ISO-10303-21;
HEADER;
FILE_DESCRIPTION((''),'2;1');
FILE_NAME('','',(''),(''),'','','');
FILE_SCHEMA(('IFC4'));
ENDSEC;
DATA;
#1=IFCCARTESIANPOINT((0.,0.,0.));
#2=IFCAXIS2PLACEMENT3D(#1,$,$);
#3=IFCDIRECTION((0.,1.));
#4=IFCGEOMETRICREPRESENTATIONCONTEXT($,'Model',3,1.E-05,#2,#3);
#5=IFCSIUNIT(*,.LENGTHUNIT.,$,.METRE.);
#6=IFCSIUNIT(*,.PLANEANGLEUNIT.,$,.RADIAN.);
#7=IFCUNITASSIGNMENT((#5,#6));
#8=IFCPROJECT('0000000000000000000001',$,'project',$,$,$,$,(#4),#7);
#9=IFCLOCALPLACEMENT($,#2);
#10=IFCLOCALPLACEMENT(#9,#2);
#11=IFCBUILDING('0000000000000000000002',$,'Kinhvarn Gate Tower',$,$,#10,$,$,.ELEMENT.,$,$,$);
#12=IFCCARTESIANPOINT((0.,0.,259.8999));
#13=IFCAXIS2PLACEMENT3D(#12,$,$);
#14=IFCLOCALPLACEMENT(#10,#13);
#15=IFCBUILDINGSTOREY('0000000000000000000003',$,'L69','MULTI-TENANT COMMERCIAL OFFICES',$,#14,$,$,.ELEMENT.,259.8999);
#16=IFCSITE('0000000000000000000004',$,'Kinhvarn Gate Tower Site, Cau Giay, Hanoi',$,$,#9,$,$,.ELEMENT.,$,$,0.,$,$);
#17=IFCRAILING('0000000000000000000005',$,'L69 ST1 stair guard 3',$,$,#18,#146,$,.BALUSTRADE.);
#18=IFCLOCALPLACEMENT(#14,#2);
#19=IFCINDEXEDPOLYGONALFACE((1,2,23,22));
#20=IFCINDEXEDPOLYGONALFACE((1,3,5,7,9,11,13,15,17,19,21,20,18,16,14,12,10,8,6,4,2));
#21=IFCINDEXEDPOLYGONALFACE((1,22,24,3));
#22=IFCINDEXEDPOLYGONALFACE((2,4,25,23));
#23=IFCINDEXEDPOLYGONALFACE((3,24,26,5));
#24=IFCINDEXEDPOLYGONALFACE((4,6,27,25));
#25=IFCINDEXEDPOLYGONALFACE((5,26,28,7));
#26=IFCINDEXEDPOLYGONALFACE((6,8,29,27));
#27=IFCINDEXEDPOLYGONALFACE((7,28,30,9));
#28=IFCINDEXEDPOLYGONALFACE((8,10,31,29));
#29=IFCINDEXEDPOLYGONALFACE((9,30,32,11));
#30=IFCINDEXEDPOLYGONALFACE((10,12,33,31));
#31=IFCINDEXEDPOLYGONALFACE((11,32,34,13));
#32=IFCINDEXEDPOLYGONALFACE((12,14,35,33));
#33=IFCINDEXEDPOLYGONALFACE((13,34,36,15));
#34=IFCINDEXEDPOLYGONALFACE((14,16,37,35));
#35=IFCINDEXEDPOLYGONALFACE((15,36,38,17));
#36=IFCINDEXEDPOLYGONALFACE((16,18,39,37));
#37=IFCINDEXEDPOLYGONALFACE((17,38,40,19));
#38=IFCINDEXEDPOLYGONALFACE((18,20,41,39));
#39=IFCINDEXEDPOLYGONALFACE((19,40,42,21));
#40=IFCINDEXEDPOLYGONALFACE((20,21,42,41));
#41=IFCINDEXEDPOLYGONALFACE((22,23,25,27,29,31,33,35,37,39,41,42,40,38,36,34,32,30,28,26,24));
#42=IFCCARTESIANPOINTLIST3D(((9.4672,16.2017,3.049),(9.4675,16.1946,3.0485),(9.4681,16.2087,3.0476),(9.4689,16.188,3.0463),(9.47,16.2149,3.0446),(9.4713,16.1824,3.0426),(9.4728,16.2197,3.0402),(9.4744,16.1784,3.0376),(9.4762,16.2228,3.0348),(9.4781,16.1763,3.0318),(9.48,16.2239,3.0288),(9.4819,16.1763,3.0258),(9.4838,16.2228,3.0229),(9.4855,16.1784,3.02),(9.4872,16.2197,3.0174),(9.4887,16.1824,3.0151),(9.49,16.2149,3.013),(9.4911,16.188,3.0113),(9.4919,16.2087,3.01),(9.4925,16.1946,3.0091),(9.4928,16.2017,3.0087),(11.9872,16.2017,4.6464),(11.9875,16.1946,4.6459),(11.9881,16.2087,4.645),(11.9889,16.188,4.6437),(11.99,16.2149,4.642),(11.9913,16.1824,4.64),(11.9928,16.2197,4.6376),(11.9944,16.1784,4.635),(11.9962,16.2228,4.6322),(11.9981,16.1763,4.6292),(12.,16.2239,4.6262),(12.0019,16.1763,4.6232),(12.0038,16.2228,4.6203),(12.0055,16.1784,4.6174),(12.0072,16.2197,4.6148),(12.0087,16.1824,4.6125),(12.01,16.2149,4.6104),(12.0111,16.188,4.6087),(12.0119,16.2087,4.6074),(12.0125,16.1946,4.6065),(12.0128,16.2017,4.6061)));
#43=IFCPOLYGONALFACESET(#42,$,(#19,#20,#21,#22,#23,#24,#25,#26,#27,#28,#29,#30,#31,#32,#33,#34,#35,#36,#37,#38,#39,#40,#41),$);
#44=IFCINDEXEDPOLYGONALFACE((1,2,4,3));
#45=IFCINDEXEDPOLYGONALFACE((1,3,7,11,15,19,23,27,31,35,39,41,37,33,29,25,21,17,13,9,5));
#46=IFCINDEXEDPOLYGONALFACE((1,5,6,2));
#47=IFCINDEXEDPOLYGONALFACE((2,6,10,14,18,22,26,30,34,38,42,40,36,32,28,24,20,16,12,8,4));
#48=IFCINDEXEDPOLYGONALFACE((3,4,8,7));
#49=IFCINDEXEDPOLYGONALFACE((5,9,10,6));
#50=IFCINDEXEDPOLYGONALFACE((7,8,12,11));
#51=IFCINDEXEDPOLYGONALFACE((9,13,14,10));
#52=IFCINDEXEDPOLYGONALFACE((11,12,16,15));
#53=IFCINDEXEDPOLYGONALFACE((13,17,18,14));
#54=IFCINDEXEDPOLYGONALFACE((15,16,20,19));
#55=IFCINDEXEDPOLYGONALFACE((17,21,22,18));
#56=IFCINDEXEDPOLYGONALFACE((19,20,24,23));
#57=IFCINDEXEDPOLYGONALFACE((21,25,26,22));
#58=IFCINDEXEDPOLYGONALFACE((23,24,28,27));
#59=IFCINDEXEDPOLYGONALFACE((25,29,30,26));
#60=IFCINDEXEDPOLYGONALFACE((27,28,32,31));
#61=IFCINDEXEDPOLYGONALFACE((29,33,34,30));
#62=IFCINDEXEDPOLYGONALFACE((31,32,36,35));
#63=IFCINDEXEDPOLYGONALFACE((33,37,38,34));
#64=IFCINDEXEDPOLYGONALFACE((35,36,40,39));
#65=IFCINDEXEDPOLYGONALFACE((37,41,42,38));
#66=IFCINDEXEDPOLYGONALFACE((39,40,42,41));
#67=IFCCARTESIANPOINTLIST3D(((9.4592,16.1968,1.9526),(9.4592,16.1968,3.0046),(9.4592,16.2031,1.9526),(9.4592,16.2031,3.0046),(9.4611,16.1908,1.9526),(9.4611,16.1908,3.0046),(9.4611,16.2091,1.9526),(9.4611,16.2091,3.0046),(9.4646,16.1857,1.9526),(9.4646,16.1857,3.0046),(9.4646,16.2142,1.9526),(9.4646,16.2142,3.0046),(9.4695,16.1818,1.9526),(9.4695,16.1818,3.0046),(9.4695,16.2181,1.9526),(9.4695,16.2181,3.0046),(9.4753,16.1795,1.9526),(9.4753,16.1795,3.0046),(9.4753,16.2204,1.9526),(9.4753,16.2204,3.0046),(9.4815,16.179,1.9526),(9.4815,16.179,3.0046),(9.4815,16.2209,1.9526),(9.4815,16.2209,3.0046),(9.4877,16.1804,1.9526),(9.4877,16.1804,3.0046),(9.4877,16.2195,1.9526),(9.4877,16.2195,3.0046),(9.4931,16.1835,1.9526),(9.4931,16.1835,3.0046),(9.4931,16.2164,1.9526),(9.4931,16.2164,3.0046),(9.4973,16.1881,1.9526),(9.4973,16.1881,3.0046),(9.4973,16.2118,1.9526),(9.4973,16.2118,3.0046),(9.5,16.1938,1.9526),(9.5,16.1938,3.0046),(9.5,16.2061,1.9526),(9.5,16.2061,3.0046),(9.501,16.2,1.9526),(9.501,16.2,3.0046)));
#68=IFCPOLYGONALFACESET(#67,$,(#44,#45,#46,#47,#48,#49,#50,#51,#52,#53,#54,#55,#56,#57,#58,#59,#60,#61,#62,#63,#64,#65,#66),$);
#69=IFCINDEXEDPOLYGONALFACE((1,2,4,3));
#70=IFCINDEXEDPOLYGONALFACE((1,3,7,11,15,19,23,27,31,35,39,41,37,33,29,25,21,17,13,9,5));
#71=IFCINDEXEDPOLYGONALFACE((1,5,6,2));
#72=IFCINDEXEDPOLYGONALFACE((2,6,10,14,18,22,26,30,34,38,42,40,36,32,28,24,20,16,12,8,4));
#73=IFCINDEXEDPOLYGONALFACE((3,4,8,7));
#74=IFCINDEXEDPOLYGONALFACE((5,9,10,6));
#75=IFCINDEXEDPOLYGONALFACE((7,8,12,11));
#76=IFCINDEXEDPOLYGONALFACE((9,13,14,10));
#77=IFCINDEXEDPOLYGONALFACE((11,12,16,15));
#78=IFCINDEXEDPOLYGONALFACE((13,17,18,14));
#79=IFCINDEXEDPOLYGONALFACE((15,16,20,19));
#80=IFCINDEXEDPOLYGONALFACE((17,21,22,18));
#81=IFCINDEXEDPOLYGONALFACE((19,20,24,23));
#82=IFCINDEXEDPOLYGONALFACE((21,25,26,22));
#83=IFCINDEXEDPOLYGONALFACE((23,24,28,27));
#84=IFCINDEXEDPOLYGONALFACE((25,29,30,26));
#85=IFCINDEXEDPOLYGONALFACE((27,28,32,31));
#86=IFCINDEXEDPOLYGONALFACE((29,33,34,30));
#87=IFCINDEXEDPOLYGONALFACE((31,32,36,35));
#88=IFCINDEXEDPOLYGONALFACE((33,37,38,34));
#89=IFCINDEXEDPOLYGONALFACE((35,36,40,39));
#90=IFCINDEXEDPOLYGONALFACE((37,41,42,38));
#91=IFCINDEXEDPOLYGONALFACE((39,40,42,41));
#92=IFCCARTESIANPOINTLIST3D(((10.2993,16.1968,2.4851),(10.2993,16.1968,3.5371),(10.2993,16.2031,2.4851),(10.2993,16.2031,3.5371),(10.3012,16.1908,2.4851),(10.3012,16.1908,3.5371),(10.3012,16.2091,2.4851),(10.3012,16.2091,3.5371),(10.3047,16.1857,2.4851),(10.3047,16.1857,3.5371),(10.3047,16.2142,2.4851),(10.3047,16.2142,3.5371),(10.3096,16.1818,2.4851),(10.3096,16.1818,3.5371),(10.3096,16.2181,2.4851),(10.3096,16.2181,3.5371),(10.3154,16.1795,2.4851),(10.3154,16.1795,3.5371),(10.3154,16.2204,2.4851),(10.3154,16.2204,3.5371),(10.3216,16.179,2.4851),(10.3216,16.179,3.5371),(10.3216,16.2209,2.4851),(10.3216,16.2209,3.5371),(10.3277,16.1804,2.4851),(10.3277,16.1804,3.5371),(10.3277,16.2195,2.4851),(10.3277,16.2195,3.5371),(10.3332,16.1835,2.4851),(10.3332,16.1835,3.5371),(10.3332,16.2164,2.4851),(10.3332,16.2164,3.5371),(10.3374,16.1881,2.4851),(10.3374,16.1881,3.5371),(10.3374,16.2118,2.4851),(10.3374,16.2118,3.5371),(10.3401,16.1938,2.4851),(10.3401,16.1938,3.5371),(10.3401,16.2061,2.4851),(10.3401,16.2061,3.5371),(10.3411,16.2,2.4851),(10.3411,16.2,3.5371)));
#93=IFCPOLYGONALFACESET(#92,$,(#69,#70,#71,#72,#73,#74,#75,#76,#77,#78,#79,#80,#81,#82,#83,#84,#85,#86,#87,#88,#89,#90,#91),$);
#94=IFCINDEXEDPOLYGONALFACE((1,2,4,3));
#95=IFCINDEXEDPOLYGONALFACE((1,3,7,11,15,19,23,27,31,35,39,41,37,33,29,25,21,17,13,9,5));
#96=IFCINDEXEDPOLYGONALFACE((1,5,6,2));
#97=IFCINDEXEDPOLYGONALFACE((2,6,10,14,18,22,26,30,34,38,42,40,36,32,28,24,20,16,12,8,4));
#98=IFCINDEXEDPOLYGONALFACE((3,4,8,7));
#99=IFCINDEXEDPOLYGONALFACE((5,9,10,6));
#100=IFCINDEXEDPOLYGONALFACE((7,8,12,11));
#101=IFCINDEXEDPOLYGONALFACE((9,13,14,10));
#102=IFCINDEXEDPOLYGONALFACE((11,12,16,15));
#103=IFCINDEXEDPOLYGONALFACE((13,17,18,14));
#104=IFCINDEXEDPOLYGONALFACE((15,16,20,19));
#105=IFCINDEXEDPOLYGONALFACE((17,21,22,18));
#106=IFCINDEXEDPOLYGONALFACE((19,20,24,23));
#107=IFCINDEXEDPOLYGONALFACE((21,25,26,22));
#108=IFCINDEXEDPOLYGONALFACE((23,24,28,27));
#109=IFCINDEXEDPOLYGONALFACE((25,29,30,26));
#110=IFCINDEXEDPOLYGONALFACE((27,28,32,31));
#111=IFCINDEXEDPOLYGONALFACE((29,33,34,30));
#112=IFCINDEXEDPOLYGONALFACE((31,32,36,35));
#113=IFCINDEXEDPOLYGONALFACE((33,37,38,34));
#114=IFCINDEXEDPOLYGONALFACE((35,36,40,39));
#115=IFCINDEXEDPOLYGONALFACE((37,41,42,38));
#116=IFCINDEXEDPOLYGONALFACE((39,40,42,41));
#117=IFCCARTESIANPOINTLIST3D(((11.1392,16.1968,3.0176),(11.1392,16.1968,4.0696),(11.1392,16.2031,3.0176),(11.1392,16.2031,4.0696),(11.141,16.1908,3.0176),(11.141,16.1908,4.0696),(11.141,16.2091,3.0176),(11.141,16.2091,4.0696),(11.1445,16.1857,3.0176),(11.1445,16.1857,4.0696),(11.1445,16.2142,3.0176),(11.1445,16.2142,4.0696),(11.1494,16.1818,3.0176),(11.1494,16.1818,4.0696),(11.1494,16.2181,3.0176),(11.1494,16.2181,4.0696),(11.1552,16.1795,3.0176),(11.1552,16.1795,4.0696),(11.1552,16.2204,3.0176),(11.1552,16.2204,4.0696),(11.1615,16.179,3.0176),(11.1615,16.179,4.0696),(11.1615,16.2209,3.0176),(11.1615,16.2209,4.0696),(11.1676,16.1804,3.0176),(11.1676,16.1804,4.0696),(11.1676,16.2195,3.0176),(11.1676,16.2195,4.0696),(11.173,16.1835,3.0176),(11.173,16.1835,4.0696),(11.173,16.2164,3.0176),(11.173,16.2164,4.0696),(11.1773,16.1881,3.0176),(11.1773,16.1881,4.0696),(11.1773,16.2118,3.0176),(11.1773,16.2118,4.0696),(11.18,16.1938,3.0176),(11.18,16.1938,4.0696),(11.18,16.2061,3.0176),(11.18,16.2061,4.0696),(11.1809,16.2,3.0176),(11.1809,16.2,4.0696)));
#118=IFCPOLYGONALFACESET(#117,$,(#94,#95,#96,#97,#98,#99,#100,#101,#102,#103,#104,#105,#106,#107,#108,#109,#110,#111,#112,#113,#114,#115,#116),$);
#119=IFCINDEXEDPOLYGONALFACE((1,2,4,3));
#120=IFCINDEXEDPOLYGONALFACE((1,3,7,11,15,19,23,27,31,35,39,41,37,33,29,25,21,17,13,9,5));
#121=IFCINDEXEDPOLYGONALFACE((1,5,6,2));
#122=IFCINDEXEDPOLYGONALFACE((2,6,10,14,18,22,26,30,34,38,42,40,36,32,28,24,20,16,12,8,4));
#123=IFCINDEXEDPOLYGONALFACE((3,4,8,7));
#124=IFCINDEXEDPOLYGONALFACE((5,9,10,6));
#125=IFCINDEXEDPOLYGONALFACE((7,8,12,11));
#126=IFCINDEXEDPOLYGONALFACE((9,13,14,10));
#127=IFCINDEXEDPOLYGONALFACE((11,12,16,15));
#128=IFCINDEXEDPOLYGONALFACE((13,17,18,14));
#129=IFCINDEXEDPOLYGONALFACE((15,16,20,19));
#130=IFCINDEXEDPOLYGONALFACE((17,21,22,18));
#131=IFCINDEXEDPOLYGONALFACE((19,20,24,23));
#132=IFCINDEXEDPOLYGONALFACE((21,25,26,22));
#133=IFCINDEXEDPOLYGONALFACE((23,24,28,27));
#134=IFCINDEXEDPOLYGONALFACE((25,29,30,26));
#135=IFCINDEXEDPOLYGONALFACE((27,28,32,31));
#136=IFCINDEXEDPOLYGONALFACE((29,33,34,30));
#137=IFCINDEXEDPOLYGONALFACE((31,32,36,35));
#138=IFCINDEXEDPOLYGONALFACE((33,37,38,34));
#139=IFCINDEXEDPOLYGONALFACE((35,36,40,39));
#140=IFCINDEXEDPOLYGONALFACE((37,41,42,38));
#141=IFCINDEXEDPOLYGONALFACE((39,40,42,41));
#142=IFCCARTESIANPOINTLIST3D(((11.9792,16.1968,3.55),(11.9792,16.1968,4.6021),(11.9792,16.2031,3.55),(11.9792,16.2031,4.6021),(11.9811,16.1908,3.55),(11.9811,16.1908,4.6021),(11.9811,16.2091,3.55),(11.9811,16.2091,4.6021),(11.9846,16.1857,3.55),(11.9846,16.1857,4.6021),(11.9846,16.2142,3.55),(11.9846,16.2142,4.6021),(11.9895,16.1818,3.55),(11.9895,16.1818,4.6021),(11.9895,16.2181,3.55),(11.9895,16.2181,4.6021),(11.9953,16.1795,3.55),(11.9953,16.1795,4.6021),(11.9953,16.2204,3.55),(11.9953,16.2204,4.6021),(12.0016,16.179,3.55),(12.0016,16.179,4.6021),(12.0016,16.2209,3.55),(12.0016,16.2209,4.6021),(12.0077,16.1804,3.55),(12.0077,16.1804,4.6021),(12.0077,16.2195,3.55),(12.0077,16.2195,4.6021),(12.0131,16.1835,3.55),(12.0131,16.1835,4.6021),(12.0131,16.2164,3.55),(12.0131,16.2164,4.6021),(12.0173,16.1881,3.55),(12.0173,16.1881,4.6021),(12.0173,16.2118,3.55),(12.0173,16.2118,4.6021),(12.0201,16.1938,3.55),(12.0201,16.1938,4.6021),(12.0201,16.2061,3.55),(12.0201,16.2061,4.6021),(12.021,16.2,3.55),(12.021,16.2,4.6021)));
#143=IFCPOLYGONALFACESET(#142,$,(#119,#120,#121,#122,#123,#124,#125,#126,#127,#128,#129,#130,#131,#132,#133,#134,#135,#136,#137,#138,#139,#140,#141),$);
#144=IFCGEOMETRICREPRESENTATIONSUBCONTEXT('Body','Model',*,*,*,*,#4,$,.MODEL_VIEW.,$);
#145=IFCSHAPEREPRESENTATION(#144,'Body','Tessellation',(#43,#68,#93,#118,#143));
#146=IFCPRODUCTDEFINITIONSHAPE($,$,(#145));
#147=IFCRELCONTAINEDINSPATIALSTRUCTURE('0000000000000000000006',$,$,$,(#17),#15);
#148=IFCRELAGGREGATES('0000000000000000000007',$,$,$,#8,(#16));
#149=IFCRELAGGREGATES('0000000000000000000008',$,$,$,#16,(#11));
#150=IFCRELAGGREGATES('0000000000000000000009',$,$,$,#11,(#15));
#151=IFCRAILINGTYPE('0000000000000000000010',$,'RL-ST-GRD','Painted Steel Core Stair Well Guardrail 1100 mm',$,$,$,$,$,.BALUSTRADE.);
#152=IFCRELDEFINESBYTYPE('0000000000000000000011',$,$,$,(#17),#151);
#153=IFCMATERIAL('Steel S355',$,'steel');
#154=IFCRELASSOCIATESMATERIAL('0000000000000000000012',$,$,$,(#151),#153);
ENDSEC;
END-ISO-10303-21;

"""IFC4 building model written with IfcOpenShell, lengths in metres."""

from ifc_helpers import new_model, si_unit, direction, frame, origin, origin_2d, place, context, subcontext, project, spatial, circle, extrude, material, type_object, element, save


model = new_model("IFC4")

# Units and contexts
model_context = context("Model", 3, precision=1e-05, world=origin(), true_north=direction((0.0, 1.0)))
body_context = subcontext(model_context, "Body", "Model", "MODEL_VIEW")
ifc_project = project(units=[si_unit("LENGTHUNIT", "METRE"), si_unit("PLANEANGLEUNIT", "RADIAN")], contexts=[model_context])

# Site, building, storey
site_placement = place(None, origin())
site = spatial("IfcSite", under=ifc_project, at=site_placement, Name="Kinhvarn Gate Tower Site, Cau Giay, Hanoi", CompositionType="ELEMENT", RefElevation=0.0)
building_placement = place(site_placement, origin())
building = spatial("IfcBuilding", under=site, at=building_placement, Name="Kinhvarn Gate Tower", CompositionType="ELEMENT")
storey_placement = place(building_placement, frame((0.0, 0.0, 259.8999)))
storey = spatial("IfcBuildingStorey", under=building, at=storey_placement, Name="L69", Description="MULTI-TENANT COMMERCIAL OFFICES", CompositionType="ELEMENT", Elevation=259.8999)

# Shared definitions
ifc_material_1 = material(Name="Steel S355", Category="steel")

# Railing
railing_type_1 = type_object("IfcRailingType", Name="RL-ST-GRD", Description="Painted Steel Core Stair Well Guardrail 1100 mm", PredefinedType="BALUSTRADE", material=ifc_material_1)
railing_1_placement = place(storey_placement, frame((9.48, 16.2, 1.9526)))
element("IfcRailing", 1, at=railing_1_placement, inside=storey, type_object=railing_type_1, Name="L69 ST1 stair guard 3", PredefinedType="BALUSTRADE", context=body_context, shape_type="SweptSolid", body=[
    extrude(circle(Radius=0.0239, at=origin_2d()), frame((0.0, 0.0, 1.0762), z_axis=(0.844607, 0.0, 0.535387), x_axis=(0.0, 1.0, 0.0)), (0.0, 0.0, 1.0), 2.9836),
    extrude(circle(Radius=0.021, at=origin_2d()), origin(), (0.0, 0.0, 1.0), 1.052),
    extrude(circle(Radius=0.021, at=origin_2d()), frame((0.8401, 0.0, 0.5325)), (0.0, 0.0, 1.0), 1.052),
    extrude(circle(Radius=0.021, at=origin_2d()), frame((1.6799, 0.0, 1.0649)), (0.0, 0.0, 1.0), 1.052),
    extrude(circle(Radius=0.021, at=origin_2d()), frame((2.52, 0.0, 1.5974)), (0.0, 0.0, 1.0), 1.052),
])

save(model, "model.ifc")
